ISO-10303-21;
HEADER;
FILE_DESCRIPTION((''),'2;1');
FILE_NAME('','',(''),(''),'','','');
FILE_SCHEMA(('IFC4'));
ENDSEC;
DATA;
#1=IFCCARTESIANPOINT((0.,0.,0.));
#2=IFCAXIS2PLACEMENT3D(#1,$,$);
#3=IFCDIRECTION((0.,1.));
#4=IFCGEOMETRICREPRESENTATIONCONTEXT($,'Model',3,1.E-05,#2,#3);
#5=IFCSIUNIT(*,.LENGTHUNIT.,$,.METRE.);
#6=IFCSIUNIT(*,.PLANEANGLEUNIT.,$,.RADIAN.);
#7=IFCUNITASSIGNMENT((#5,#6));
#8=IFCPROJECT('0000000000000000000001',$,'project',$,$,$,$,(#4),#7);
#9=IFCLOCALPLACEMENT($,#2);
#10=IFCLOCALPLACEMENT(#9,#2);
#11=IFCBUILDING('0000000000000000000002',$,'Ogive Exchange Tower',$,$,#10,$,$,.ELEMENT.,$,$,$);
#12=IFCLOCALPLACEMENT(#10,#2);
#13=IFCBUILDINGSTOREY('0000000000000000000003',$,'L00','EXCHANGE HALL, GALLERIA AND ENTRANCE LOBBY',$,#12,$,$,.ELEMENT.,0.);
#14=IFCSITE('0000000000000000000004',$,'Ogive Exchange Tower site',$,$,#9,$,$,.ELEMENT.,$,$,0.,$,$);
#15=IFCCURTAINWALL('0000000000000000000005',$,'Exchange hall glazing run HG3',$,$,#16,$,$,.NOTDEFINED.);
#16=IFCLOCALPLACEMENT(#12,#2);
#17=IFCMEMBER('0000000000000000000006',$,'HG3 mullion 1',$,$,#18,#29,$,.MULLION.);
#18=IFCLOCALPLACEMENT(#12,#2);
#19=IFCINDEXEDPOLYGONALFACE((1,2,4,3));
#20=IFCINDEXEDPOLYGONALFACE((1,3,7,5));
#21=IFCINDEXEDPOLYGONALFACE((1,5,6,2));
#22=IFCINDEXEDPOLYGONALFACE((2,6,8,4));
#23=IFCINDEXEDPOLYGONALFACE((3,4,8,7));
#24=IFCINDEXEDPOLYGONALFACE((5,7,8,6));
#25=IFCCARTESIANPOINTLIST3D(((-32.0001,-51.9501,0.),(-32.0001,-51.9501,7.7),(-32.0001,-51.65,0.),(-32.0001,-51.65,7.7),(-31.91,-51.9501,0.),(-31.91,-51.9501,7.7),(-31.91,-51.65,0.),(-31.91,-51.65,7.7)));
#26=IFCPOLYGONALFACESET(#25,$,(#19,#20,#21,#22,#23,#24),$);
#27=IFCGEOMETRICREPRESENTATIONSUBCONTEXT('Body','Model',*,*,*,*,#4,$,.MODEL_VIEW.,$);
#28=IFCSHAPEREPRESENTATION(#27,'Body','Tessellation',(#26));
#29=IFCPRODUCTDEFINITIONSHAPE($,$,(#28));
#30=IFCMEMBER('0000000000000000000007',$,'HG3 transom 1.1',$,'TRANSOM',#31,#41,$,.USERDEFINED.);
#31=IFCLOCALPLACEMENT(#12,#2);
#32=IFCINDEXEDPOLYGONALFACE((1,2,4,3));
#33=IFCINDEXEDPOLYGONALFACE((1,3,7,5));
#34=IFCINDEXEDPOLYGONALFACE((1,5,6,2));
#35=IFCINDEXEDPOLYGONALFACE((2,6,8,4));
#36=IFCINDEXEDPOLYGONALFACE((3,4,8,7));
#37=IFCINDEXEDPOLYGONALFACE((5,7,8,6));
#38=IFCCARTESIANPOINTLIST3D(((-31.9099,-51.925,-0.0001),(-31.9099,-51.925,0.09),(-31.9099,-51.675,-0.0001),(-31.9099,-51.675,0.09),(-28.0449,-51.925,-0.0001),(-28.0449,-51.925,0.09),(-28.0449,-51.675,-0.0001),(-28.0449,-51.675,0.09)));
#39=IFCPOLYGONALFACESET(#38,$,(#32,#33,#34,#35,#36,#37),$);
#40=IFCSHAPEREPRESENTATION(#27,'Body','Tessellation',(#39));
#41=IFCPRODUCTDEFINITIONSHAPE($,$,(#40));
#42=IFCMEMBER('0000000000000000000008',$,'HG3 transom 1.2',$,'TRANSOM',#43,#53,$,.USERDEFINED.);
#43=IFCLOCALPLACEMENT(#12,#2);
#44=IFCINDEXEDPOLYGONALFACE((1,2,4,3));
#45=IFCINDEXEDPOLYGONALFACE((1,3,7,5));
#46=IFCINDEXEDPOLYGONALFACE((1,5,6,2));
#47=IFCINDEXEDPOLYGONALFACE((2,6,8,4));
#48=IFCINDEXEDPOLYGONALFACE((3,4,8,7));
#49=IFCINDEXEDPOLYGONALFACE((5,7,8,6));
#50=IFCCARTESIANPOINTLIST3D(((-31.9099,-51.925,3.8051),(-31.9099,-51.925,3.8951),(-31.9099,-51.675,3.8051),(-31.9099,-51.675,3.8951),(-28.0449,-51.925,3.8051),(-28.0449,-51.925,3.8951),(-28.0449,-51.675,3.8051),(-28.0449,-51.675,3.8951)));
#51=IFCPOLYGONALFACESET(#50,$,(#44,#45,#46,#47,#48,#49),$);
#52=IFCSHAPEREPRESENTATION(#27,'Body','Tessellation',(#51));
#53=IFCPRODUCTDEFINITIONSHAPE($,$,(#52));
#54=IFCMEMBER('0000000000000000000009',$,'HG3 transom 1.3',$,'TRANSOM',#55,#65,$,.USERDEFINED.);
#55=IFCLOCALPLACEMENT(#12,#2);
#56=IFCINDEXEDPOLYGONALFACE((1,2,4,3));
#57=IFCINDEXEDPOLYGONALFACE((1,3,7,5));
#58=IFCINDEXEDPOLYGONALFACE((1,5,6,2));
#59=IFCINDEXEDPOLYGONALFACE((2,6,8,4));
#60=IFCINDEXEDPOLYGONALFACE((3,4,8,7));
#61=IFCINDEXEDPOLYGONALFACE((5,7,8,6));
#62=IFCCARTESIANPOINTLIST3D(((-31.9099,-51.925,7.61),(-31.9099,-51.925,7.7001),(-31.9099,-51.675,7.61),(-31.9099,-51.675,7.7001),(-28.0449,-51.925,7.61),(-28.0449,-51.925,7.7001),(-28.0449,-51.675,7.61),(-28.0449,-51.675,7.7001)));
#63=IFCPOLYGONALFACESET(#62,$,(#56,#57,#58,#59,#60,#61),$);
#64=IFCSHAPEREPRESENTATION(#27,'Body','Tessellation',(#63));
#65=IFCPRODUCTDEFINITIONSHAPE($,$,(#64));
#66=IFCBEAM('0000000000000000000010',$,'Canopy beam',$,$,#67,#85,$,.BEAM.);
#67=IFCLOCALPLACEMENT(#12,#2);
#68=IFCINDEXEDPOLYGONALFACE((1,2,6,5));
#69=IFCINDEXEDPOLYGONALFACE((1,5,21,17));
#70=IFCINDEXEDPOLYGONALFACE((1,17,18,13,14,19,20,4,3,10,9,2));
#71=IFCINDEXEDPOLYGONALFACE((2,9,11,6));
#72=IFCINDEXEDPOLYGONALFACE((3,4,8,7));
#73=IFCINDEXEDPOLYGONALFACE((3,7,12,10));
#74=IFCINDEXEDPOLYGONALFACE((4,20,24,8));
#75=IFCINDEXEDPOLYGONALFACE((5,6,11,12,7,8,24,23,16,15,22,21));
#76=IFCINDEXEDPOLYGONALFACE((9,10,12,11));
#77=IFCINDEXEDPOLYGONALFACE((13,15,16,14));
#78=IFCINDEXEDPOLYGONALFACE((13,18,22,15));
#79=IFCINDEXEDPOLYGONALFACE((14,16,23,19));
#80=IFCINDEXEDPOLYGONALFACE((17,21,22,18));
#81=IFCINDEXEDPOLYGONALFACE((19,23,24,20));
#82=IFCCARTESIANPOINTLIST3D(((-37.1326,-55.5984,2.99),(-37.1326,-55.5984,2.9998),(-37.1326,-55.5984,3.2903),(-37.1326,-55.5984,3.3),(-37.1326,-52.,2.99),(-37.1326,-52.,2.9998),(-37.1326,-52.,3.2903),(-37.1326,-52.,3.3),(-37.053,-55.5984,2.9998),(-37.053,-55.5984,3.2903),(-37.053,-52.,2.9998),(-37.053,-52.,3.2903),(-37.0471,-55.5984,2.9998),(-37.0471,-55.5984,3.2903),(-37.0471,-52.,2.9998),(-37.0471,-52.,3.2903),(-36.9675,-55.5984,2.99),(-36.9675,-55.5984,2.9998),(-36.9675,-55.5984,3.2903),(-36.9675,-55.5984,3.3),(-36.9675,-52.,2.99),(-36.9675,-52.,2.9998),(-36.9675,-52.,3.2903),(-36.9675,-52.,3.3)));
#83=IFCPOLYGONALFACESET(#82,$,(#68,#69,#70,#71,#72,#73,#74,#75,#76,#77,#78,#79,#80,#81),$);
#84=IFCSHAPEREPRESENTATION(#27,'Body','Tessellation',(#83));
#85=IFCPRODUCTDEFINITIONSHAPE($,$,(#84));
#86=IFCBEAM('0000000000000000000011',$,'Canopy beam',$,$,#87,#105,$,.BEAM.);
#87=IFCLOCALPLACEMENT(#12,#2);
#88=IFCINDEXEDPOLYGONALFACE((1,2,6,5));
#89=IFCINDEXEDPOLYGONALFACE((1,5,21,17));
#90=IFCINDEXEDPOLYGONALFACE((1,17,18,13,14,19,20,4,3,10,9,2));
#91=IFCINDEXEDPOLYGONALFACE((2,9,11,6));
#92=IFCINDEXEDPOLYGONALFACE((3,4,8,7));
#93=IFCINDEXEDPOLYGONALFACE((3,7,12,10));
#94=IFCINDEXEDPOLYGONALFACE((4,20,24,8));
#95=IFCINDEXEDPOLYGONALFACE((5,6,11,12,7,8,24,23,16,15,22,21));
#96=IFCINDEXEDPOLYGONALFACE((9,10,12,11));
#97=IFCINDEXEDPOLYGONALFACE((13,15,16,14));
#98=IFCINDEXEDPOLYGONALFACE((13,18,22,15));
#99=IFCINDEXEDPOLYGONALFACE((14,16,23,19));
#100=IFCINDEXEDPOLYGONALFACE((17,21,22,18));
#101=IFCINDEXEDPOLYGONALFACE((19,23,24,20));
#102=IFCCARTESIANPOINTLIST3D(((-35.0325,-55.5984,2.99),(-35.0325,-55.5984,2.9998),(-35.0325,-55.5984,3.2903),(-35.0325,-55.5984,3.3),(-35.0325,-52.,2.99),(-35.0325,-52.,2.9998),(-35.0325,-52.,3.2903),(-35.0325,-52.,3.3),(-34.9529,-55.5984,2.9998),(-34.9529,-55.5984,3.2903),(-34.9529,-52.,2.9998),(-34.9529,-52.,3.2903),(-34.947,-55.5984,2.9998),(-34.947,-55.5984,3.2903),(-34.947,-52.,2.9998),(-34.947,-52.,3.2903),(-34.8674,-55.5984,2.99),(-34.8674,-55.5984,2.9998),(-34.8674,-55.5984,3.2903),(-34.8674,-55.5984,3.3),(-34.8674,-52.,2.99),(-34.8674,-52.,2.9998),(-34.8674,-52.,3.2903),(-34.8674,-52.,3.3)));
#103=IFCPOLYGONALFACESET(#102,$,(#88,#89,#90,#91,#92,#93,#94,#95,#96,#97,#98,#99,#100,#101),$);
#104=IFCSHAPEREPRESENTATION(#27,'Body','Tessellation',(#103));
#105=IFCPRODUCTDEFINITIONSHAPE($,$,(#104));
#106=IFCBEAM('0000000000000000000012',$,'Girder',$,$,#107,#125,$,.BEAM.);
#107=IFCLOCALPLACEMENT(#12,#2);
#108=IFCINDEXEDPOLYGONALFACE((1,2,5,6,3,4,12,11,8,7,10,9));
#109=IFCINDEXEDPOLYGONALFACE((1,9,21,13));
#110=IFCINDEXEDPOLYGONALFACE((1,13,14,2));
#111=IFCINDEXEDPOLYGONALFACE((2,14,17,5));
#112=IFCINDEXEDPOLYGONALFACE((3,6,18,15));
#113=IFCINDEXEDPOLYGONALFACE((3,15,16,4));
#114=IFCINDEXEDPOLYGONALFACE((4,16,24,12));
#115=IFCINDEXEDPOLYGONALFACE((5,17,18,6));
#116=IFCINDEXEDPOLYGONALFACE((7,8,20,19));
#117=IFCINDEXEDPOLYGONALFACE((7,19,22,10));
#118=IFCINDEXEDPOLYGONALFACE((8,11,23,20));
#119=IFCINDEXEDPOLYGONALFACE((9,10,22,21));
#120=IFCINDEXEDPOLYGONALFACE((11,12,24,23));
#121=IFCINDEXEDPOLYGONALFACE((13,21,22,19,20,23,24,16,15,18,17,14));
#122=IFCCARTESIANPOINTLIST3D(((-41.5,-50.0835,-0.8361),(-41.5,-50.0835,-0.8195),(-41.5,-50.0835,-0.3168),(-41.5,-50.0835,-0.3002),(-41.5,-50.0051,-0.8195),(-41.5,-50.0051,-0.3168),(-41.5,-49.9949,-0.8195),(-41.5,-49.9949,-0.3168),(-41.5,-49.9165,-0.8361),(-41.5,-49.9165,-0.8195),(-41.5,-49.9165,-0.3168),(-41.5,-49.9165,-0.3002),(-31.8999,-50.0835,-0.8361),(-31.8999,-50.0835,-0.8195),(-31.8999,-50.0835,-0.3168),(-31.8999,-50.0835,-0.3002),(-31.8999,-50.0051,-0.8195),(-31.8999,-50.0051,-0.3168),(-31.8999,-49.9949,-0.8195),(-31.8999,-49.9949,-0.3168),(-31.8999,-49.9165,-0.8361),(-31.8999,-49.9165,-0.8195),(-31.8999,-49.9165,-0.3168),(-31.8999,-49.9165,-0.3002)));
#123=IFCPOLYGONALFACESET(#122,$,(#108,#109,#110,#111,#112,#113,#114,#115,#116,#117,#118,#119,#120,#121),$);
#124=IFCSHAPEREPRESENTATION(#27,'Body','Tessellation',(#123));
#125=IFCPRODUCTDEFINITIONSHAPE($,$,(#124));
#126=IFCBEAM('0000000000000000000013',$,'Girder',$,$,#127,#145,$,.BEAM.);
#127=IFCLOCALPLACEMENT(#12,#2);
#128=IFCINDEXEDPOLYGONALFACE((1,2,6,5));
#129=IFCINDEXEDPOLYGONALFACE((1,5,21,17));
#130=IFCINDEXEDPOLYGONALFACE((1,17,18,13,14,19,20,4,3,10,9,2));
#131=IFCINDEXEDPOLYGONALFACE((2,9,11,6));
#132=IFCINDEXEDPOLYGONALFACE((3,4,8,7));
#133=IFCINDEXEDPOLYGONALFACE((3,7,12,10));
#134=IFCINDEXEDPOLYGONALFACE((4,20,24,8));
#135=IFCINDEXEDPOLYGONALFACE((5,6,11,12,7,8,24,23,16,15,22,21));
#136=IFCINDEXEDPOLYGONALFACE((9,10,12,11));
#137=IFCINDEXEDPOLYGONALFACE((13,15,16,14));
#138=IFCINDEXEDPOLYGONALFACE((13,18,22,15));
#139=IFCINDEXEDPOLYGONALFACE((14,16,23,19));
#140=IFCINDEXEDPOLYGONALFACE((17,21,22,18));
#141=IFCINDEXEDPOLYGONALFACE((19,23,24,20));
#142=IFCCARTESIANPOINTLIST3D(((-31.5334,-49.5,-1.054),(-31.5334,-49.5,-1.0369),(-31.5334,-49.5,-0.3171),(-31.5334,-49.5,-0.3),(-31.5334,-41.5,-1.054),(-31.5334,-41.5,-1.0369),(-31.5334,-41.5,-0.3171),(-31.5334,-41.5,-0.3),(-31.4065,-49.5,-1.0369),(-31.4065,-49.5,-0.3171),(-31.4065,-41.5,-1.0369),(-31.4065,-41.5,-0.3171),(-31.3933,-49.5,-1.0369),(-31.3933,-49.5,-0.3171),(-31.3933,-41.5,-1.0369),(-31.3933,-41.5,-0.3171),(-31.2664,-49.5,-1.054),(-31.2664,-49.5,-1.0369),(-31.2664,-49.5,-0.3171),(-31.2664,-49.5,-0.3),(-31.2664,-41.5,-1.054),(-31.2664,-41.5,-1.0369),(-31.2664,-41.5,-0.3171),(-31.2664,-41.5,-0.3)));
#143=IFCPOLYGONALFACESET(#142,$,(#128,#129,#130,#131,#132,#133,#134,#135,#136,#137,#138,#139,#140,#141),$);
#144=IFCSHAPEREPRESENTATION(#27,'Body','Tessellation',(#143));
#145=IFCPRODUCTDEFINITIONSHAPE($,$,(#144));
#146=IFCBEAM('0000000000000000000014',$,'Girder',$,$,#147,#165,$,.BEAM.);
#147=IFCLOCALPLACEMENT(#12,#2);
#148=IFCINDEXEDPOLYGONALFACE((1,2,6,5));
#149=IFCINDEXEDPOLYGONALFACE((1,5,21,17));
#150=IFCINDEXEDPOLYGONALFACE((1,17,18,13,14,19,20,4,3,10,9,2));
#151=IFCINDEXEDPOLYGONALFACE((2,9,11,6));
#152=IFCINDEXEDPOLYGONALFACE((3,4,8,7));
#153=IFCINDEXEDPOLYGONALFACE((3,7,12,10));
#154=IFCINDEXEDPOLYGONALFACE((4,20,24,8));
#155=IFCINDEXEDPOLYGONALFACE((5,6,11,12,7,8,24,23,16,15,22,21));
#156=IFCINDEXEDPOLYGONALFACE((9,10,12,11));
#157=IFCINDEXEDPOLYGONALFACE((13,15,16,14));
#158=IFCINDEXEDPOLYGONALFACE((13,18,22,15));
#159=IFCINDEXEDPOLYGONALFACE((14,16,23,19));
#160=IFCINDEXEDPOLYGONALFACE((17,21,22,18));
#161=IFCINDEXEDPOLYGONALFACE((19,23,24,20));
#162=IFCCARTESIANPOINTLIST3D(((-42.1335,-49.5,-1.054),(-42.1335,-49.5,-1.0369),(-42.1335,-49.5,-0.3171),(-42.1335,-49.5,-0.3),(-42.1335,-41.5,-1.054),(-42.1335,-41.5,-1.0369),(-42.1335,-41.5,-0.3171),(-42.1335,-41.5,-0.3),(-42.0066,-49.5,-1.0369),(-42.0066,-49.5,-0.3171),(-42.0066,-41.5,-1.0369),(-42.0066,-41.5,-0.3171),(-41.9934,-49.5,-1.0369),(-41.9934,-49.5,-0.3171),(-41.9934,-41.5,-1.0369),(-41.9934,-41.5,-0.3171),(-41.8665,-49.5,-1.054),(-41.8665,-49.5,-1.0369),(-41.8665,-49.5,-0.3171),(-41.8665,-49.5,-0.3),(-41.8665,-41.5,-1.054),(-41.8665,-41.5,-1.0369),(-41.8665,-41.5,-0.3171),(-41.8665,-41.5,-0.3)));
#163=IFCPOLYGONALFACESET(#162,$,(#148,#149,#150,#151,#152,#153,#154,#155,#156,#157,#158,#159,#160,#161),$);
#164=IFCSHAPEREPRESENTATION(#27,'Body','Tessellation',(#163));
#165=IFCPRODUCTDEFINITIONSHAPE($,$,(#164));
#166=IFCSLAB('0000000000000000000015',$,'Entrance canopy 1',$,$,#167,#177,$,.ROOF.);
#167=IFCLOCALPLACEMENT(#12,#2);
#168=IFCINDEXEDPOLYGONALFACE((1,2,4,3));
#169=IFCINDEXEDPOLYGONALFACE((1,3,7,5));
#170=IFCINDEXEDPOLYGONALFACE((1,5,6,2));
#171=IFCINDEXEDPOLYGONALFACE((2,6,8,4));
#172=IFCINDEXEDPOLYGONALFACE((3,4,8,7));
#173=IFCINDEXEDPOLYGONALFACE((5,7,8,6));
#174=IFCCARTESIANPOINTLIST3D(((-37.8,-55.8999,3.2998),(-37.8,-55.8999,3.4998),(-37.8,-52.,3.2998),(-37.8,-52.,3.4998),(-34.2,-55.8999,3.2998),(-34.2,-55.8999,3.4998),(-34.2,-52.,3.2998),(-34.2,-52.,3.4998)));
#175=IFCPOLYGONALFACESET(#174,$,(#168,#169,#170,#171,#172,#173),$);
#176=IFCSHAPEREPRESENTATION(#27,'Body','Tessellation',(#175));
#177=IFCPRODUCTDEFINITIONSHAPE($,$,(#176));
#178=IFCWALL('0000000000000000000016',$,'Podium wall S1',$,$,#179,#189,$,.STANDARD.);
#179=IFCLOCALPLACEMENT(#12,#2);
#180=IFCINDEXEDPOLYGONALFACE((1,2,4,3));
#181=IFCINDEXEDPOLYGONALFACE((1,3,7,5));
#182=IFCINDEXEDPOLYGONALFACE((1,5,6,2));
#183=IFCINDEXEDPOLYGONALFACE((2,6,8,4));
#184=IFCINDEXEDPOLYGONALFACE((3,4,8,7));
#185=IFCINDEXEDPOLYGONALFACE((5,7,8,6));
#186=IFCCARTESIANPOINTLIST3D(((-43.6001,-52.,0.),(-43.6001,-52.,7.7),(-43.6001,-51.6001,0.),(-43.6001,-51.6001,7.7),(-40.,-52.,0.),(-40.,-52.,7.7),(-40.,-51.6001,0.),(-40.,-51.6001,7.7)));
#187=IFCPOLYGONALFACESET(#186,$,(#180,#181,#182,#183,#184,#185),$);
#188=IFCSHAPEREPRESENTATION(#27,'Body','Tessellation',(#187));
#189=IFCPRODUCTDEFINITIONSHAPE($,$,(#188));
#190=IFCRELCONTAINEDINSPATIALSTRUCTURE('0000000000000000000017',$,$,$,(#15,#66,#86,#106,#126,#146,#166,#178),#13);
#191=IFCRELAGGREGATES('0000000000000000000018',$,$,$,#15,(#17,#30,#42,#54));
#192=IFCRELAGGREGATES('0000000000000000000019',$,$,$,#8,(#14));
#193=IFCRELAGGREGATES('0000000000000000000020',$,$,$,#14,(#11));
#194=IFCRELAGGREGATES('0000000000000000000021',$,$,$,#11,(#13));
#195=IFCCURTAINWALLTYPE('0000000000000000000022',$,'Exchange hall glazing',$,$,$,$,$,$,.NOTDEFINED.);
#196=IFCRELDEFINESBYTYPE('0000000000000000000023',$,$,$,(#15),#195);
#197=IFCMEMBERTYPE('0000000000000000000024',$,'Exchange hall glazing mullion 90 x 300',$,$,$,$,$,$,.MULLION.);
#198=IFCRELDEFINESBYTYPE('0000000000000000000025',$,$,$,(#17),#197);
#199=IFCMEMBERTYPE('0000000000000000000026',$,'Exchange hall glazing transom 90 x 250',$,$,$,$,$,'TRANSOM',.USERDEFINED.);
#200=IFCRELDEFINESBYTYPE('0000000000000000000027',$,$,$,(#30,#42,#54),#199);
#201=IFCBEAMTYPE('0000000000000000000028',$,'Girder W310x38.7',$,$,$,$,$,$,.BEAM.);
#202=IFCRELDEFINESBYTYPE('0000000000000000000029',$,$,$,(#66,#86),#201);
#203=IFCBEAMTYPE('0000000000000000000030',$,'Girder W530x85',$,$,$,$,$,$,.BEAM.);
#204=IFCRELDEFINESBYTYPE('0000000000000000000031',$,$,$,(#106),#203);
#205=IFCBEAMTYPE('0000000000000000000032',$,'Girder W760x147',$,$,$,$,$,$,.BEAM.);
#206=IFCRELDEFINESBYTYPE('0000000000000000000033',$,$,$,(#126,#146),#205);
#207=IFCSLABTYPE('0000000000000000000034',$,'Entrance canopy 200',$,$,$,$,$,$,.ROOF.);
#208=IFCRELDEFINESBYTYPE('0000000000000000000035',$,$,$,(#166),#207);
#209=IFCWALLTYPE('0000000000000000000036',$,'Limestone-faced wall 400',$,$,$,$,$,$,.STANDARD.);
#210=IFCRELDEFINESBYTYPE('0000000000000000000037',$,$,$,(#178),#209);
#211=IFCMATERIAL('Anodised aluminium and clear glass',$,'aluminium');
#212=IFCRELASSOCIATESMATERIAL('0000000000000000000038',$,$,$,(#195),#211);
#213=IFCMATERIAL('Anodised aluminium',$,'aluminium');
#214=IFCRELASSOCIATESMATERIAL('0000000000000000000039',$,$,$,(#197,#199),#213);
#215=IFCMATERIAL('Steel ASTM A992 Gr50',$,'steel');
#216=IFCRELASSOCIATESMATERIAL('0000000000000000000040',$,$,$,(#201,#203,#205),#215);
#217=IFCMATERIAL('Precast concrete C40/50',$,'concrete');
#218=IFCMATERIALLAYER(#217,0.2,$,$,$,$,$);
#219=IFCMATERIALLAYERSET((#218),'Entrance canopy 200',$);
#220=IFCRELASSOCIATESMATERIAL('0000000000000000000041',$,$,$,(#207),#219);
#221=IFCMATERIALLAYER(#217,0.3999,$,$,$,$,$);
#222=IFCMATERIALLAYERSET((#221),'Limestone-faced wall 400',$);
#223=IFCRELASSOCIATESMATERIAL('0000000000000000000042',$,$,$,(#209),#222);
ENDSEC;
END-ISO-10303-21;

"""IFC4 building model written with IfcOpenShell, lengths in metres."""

from ifc_helpers import new_model, si_unit, direction, frame, frame_2d, origin, origin_2d, place, context, subcontext, project, spatial, rectangle, i_section, extrude, material, layer, layer_set, material_profile, profile_set, type_object, element, aggregate, save


model = new_model("IFC4")

# Units and contexts
model_context = context("Model", 3, precision=1e-05, world=origin(), true_north=direction((0.0, 1.0)))
body_context = subcontext(model_context, "Body", "Model", "MODEL_VIEW")
ifc_project = project(units=[si_unit("LENGTHUNIT", "METRE"), si_unit("PLANEANGLEUNIT", "RADIAN")], contexts=[model_context])

# Site, building, storey
site_placement = place(None, origin())
site = spatial("IfcSite", under=ifc_project, at=site_placement, Name="Ogive Exchange Tower site", CompositionType="ELEMENT", RefElevation=0.0)
building_placement = place(site_placement, origin())
building = spatial("IfcBuilding", under=site, at=building_placement, Name="Ogive Exchange Tower", CompositionType="ELEMENT")
storey_placement = place(building_placement, origin())
storey = spatial("IfcBuildingStorey", under=building, at=storey_placement, Name="L00", Description="EXCHANGE HALL, GALLERIA AND ENTRANCE LOBBY", CompositionType="ELEMENT", Elevation=0.0)

# Curtain wall, members
ifc_material_1 = material(Name="Anodised aluminium and clear glass", Category="aluminium")
curtain_wall_type = type_object("IfcCurtainWallType", Name="Exchange hall glazing", PredefinedType="NOTDEFINED", material=ifc_material_1)
curtain_wall_placement = place(storey_placement, origin())
curtain_wall = element("IfcCurtainWall", 1, at=curtain_wall_placement, inside=storey, type_object=curtain_wall_type, Name="Exchange hall glazing run HG3", PredefinedType="NOTDEFINED")
ifc_material_2 = material(Name="Anodised aluminium", Category="aluminium")
ifc_material_profile_1 = material_profile(ifc_material_2, rectangle(XDim=0.3, YDim=0.0901, at=origin_2d()), Name="AL 90x300")
ifc_profile_set_1 = profile_set([ifc_material_profile_1], Name="Anodised aluminium")
member_type_1 = type_object("IfcMemberType", Name="Exchange hall glazing mullion 90 x 300", PredefinedType="MULLION", material=ifc_profile_set_1)
member_1_placement = place(storey_placement, frame((-31.9551, -51.8, 0.0), z_axis=(0.0, 0.0, 1.0), x_axis=(0.0, 1.0, 0.0)))
member_1 = element("IfcMember", 2, at=member_1_placement, type_object=member_type_1, Name="HG3 mullion 1", PredefinedType="MULLION", context=body_context, shape_type="SweptSolid", body=[
    extrude(rectangle(XDim=0.3, YDim=0.0901, at=origin_2d()), origin(), (0.0, 0.0, 1.0), 7.7),
])
ifc_material_profile_2 = material_profile(ifc_material_2, rectangle(XDim=0.25, YDim=0.0901, at=origin_2d()), Name="AL 90x250")
ifc_profile_set_2 = profile_set([ifc_material_profile_2], Name="Anodised aluminium")
member_type_2 = type_object("IfcMemberType", Name="Exchange hall glazing transom 90 x 250", ElementType="TRANSOM", PredefinedType="USERDEFINED", material=ifc_profile_set_2)
member_2_placement = place(storey_placement, frame((-31.9099, -51.8, 0.0449), z_axis=(1.0, 0.0, 0.0), x_axis=(0.0, 1.0, 0.0)))
member_2 = element("IfcMember", 3, at=member_2_placement, type_object=member_type_2, Name="HG3 transom 1.1", ObjectType="TRANSOM", PredefinedType="USERDEFINED", context=body_context, shape_type="SweptSolid", body=[
    extrude(rectangle(XDim=0.25, YDim=0.0901, at=origin_2d()), origin(), (0.0, 0.0, 1.0), 3.865),
])
member_3_placement = place(storey_placement, frame((-31.9099, -51.8, 3.8501), z_axis=(1.0, 0.0, 0.0), x_axis=(0.0, 1.0, 0.0)))
member_3 = element("IfcMember", 4, at=member_3_placement, type_object=member_type_2, Name="HG3 transom 1.2", ObjectType="TRANSOM", PredefinedType="USERDEFINED", context=body_context, shape_type="SweptSolid", body=[
    extrude(rectangle(XDim=0.25, YDim=0.0901, at=origin_2d()), origin(), (0.0, 0.0, 1.0), 3.865),
])
member_4_placement = place(storey_placement, frame((-31.9099, -51.8, 7.655), z_axis=(1.0, 0.0, 0.0), x_axis=(0.0, 1.0, 0.0)))
member_4 = element("IfcMember", 5, at=member_4_placement, type_object=member_type_2, Name="HG3 transom 1.3", ObjectType="TRANSOM", PredefinedType="USERDEFINED", context=body_context, shape_type="SweptSolid", body=[
    extrude(rectangle(XDim=0.25, YDim=0.0901, at=origin_2d()), origin(), (0.0, 0.0, 1.0), 3.865),
])
aggregate(curtain_wall, [member_1, member_2, member_3, member_4])

# Beams
ifc_material_3 = material(Name="Steel ASTM A992 Gr50", Category="steel")
ifc_material_profile_3 = material_profile(ifc_material_3, i_section(OverallWidth=0.165, OverallDepth=0.3101, WebThickness=0.0059, FlangeThickness=0.0098, at=origin_2d()), Name="W310x38.7")
ifc_profile_set_3 = profile_set([ifc_material_profile_3], Name="Steel ASTM A992 Gr50")
beam_type_1 = type_object("IfcBeamType", Name="Girder W310x38.7", PredefinedType="BEAM", material=ifc_profile_set_3)
for number, where, z_axis, x_axis, name in (
    (6, (-37.05, -52.0, 3.145), (0.0, -1.0, 0.0), (1.0, 0.0, 0.0), "Canopy beam"),
    (7, (-34.95, -52.0, 3.145), (0.0, -1.0, 0.0), (1.0, 0.0, 0.0), "Canopy beam"),
):
    element("IfcBeam", number, at=place(storey_placement, frame(where, z_axis=z_axis, x_axis=x_axis)), inside=storey, type_object=beam_type_1, Name=name, PredefinedType="BEAM", context=body_context, shape_type="SweptSolid", body=[
        extrude(i_section(OverallWidth=0.165, OverallDepth=0.3101, WebThickness=0.0059, FlangeThickness=0.0098, at=origin_2d()), origin(), (0.0, 0.0, 1.0), 3.5984),
    ])
ifc_material_profile_4 = material_profile(ifc_material_3, i_section(OverallWidth=0.167, OverallDepth=0.5359, WebThickness=0.0103, FlangeThickness=0.0166, at=origin_2d()), Name="W530x85")
ifc_profile_set_4 = profile_set([ifc_material_profile_4], Name="Steel ASTM A992 Gr50")
beam_type_2 = type_object("IfcBeamType", Name="Girder W530x85", PredefinedType="BEAM", material=ifc_profile_set_4)
beam_placement = place(storey_placement, frame((-41.5, -50.0, -0.5681), z_axis=(1.0, 0.0, 0.0), x_axis=(0.0, 1.0, 0.0)))
element("IfcBeam", 8, at=beam_placement, inside=storey, type_object=beam_type_2, Name="Girder", PredefinedType="BEAM", context=body_context, shape_type="SweptSolid", body=[
    extrude(i_section(OverallWidth=0.167, OverallDepth=0.5359, WebThickness=0.0103, FlangeThickness=0.0166, at=origin_2d()), origin(), (0.0, 0.0, 1.0), 9.6001),
])
ifc_material_profile_5 = material_profile(ifc_material_3, i_section(OverallWidth=0.2671, OverallDepth=0.7539, WebThickness=0.0132, FlangeThickness=0.0171, at=origin_2d()), Name="W760x147")
ifc_profile_set_5 = profile_set([ifc_material_profile_5], Name="Steel ASTM A992 Gr50")
beam_type_3 = type_object("IfcBeamType", Name="Girder W760x147", PredefinedType="BEAM", material=ifc_profile_set_5)
for number, where, z_axis, x_axis, name in (
    (9, (-31.3999, -49.5, -0.677), (0.0, 1.0, 0.0), (-1.0, 0.0, 0.0), "Girder"),
    (10, (-42.0, -49.5, -0.677), (0.0, 1.0, 0.0), (-1.0, 0.0, 0.0), "Girder"),
):
    element("IfcBeam", number, at=place(storey_placement, frame(where, z_axis=z_axis, x_axis=x_axis)), inside=storey, type_object=beam_type_3, Name=name, PredefinedType="BEAM", context=body_context, shape_type="SweptSolid", body=[
        extrude(i_section(OverallWidth=0.2671, OverallDepth=0.7539, WebThickness=0.0132, FlangeThickness=0.0171, at=origin_2d()), origin(), (0.0, 0.0, 1.0), 8.0),
    ])

# Slab
ifc_material_4 = material(Name="Precast concrete C40/50", Category="concrete")
ifc_layer_1 = layer(ifc_material_4, 0.2)
ifc_layer_set_1 = layer_set([ifc_layer_1], Name="Entrance canopy 200")
slab_type = type_object("IfcSlabType", Name="Entrance canopy 200", PredefinedType="ROOF", material=ifc_layer_set_1)
slab_placement = place(storey_placement, frame((-36.0, -53.95, 3.2998), z_axis=(0.0, 0.0, 1.0), x_axis=(1.0, 0.0, 0.0)))
element("IfcSlab", 11, at=slab_placement, inside=storey, type_object=slab_type, Name="Entrance canopy 1", PredefinedType="ROOF", context=body_context, shape_type="SweptSolid", body=[
    extrude(rectangle(XDim=3.6001, YDim=3.8999, at=origin_2d()), origin(), (0.0, 0.0, 1.0), 0.2),
])

# Wall
ifc_layer_2 = layer(ifc_material_4, 0.3999)
ifc_layer_set_2 = layer_set([ifc_layer_2], Name="Limestone-faced wall 400")
wall_type_1 = type_object("IfcWallType", Name="Limestone-faced wall 400", PredefinedType="STANDARD", material=ifc_layer_set_2)
wall_1_placement = place(storey_placement, frame((-43.6001, -51.8, 0.0), z_axis=(0.0, 0.0, 1.0), x_axis=(1.0, 0.0, 0.0)))
element("IfcWall", 12, at=wall_1_placement, inside=storey, type_object=wall_type_1, Name="Podium wall S1", PredefinedType="STANDARD", context=body_context, shape_type="SweptSolid", body=[
    extrude(rectangle(XDim=3.6001, YDim=0.3999, at=frame_2d((1.8, 0.0))), origin(), (0.0, 0.0, 1.0), 7.7),
])

save(model, "model.ifc")
